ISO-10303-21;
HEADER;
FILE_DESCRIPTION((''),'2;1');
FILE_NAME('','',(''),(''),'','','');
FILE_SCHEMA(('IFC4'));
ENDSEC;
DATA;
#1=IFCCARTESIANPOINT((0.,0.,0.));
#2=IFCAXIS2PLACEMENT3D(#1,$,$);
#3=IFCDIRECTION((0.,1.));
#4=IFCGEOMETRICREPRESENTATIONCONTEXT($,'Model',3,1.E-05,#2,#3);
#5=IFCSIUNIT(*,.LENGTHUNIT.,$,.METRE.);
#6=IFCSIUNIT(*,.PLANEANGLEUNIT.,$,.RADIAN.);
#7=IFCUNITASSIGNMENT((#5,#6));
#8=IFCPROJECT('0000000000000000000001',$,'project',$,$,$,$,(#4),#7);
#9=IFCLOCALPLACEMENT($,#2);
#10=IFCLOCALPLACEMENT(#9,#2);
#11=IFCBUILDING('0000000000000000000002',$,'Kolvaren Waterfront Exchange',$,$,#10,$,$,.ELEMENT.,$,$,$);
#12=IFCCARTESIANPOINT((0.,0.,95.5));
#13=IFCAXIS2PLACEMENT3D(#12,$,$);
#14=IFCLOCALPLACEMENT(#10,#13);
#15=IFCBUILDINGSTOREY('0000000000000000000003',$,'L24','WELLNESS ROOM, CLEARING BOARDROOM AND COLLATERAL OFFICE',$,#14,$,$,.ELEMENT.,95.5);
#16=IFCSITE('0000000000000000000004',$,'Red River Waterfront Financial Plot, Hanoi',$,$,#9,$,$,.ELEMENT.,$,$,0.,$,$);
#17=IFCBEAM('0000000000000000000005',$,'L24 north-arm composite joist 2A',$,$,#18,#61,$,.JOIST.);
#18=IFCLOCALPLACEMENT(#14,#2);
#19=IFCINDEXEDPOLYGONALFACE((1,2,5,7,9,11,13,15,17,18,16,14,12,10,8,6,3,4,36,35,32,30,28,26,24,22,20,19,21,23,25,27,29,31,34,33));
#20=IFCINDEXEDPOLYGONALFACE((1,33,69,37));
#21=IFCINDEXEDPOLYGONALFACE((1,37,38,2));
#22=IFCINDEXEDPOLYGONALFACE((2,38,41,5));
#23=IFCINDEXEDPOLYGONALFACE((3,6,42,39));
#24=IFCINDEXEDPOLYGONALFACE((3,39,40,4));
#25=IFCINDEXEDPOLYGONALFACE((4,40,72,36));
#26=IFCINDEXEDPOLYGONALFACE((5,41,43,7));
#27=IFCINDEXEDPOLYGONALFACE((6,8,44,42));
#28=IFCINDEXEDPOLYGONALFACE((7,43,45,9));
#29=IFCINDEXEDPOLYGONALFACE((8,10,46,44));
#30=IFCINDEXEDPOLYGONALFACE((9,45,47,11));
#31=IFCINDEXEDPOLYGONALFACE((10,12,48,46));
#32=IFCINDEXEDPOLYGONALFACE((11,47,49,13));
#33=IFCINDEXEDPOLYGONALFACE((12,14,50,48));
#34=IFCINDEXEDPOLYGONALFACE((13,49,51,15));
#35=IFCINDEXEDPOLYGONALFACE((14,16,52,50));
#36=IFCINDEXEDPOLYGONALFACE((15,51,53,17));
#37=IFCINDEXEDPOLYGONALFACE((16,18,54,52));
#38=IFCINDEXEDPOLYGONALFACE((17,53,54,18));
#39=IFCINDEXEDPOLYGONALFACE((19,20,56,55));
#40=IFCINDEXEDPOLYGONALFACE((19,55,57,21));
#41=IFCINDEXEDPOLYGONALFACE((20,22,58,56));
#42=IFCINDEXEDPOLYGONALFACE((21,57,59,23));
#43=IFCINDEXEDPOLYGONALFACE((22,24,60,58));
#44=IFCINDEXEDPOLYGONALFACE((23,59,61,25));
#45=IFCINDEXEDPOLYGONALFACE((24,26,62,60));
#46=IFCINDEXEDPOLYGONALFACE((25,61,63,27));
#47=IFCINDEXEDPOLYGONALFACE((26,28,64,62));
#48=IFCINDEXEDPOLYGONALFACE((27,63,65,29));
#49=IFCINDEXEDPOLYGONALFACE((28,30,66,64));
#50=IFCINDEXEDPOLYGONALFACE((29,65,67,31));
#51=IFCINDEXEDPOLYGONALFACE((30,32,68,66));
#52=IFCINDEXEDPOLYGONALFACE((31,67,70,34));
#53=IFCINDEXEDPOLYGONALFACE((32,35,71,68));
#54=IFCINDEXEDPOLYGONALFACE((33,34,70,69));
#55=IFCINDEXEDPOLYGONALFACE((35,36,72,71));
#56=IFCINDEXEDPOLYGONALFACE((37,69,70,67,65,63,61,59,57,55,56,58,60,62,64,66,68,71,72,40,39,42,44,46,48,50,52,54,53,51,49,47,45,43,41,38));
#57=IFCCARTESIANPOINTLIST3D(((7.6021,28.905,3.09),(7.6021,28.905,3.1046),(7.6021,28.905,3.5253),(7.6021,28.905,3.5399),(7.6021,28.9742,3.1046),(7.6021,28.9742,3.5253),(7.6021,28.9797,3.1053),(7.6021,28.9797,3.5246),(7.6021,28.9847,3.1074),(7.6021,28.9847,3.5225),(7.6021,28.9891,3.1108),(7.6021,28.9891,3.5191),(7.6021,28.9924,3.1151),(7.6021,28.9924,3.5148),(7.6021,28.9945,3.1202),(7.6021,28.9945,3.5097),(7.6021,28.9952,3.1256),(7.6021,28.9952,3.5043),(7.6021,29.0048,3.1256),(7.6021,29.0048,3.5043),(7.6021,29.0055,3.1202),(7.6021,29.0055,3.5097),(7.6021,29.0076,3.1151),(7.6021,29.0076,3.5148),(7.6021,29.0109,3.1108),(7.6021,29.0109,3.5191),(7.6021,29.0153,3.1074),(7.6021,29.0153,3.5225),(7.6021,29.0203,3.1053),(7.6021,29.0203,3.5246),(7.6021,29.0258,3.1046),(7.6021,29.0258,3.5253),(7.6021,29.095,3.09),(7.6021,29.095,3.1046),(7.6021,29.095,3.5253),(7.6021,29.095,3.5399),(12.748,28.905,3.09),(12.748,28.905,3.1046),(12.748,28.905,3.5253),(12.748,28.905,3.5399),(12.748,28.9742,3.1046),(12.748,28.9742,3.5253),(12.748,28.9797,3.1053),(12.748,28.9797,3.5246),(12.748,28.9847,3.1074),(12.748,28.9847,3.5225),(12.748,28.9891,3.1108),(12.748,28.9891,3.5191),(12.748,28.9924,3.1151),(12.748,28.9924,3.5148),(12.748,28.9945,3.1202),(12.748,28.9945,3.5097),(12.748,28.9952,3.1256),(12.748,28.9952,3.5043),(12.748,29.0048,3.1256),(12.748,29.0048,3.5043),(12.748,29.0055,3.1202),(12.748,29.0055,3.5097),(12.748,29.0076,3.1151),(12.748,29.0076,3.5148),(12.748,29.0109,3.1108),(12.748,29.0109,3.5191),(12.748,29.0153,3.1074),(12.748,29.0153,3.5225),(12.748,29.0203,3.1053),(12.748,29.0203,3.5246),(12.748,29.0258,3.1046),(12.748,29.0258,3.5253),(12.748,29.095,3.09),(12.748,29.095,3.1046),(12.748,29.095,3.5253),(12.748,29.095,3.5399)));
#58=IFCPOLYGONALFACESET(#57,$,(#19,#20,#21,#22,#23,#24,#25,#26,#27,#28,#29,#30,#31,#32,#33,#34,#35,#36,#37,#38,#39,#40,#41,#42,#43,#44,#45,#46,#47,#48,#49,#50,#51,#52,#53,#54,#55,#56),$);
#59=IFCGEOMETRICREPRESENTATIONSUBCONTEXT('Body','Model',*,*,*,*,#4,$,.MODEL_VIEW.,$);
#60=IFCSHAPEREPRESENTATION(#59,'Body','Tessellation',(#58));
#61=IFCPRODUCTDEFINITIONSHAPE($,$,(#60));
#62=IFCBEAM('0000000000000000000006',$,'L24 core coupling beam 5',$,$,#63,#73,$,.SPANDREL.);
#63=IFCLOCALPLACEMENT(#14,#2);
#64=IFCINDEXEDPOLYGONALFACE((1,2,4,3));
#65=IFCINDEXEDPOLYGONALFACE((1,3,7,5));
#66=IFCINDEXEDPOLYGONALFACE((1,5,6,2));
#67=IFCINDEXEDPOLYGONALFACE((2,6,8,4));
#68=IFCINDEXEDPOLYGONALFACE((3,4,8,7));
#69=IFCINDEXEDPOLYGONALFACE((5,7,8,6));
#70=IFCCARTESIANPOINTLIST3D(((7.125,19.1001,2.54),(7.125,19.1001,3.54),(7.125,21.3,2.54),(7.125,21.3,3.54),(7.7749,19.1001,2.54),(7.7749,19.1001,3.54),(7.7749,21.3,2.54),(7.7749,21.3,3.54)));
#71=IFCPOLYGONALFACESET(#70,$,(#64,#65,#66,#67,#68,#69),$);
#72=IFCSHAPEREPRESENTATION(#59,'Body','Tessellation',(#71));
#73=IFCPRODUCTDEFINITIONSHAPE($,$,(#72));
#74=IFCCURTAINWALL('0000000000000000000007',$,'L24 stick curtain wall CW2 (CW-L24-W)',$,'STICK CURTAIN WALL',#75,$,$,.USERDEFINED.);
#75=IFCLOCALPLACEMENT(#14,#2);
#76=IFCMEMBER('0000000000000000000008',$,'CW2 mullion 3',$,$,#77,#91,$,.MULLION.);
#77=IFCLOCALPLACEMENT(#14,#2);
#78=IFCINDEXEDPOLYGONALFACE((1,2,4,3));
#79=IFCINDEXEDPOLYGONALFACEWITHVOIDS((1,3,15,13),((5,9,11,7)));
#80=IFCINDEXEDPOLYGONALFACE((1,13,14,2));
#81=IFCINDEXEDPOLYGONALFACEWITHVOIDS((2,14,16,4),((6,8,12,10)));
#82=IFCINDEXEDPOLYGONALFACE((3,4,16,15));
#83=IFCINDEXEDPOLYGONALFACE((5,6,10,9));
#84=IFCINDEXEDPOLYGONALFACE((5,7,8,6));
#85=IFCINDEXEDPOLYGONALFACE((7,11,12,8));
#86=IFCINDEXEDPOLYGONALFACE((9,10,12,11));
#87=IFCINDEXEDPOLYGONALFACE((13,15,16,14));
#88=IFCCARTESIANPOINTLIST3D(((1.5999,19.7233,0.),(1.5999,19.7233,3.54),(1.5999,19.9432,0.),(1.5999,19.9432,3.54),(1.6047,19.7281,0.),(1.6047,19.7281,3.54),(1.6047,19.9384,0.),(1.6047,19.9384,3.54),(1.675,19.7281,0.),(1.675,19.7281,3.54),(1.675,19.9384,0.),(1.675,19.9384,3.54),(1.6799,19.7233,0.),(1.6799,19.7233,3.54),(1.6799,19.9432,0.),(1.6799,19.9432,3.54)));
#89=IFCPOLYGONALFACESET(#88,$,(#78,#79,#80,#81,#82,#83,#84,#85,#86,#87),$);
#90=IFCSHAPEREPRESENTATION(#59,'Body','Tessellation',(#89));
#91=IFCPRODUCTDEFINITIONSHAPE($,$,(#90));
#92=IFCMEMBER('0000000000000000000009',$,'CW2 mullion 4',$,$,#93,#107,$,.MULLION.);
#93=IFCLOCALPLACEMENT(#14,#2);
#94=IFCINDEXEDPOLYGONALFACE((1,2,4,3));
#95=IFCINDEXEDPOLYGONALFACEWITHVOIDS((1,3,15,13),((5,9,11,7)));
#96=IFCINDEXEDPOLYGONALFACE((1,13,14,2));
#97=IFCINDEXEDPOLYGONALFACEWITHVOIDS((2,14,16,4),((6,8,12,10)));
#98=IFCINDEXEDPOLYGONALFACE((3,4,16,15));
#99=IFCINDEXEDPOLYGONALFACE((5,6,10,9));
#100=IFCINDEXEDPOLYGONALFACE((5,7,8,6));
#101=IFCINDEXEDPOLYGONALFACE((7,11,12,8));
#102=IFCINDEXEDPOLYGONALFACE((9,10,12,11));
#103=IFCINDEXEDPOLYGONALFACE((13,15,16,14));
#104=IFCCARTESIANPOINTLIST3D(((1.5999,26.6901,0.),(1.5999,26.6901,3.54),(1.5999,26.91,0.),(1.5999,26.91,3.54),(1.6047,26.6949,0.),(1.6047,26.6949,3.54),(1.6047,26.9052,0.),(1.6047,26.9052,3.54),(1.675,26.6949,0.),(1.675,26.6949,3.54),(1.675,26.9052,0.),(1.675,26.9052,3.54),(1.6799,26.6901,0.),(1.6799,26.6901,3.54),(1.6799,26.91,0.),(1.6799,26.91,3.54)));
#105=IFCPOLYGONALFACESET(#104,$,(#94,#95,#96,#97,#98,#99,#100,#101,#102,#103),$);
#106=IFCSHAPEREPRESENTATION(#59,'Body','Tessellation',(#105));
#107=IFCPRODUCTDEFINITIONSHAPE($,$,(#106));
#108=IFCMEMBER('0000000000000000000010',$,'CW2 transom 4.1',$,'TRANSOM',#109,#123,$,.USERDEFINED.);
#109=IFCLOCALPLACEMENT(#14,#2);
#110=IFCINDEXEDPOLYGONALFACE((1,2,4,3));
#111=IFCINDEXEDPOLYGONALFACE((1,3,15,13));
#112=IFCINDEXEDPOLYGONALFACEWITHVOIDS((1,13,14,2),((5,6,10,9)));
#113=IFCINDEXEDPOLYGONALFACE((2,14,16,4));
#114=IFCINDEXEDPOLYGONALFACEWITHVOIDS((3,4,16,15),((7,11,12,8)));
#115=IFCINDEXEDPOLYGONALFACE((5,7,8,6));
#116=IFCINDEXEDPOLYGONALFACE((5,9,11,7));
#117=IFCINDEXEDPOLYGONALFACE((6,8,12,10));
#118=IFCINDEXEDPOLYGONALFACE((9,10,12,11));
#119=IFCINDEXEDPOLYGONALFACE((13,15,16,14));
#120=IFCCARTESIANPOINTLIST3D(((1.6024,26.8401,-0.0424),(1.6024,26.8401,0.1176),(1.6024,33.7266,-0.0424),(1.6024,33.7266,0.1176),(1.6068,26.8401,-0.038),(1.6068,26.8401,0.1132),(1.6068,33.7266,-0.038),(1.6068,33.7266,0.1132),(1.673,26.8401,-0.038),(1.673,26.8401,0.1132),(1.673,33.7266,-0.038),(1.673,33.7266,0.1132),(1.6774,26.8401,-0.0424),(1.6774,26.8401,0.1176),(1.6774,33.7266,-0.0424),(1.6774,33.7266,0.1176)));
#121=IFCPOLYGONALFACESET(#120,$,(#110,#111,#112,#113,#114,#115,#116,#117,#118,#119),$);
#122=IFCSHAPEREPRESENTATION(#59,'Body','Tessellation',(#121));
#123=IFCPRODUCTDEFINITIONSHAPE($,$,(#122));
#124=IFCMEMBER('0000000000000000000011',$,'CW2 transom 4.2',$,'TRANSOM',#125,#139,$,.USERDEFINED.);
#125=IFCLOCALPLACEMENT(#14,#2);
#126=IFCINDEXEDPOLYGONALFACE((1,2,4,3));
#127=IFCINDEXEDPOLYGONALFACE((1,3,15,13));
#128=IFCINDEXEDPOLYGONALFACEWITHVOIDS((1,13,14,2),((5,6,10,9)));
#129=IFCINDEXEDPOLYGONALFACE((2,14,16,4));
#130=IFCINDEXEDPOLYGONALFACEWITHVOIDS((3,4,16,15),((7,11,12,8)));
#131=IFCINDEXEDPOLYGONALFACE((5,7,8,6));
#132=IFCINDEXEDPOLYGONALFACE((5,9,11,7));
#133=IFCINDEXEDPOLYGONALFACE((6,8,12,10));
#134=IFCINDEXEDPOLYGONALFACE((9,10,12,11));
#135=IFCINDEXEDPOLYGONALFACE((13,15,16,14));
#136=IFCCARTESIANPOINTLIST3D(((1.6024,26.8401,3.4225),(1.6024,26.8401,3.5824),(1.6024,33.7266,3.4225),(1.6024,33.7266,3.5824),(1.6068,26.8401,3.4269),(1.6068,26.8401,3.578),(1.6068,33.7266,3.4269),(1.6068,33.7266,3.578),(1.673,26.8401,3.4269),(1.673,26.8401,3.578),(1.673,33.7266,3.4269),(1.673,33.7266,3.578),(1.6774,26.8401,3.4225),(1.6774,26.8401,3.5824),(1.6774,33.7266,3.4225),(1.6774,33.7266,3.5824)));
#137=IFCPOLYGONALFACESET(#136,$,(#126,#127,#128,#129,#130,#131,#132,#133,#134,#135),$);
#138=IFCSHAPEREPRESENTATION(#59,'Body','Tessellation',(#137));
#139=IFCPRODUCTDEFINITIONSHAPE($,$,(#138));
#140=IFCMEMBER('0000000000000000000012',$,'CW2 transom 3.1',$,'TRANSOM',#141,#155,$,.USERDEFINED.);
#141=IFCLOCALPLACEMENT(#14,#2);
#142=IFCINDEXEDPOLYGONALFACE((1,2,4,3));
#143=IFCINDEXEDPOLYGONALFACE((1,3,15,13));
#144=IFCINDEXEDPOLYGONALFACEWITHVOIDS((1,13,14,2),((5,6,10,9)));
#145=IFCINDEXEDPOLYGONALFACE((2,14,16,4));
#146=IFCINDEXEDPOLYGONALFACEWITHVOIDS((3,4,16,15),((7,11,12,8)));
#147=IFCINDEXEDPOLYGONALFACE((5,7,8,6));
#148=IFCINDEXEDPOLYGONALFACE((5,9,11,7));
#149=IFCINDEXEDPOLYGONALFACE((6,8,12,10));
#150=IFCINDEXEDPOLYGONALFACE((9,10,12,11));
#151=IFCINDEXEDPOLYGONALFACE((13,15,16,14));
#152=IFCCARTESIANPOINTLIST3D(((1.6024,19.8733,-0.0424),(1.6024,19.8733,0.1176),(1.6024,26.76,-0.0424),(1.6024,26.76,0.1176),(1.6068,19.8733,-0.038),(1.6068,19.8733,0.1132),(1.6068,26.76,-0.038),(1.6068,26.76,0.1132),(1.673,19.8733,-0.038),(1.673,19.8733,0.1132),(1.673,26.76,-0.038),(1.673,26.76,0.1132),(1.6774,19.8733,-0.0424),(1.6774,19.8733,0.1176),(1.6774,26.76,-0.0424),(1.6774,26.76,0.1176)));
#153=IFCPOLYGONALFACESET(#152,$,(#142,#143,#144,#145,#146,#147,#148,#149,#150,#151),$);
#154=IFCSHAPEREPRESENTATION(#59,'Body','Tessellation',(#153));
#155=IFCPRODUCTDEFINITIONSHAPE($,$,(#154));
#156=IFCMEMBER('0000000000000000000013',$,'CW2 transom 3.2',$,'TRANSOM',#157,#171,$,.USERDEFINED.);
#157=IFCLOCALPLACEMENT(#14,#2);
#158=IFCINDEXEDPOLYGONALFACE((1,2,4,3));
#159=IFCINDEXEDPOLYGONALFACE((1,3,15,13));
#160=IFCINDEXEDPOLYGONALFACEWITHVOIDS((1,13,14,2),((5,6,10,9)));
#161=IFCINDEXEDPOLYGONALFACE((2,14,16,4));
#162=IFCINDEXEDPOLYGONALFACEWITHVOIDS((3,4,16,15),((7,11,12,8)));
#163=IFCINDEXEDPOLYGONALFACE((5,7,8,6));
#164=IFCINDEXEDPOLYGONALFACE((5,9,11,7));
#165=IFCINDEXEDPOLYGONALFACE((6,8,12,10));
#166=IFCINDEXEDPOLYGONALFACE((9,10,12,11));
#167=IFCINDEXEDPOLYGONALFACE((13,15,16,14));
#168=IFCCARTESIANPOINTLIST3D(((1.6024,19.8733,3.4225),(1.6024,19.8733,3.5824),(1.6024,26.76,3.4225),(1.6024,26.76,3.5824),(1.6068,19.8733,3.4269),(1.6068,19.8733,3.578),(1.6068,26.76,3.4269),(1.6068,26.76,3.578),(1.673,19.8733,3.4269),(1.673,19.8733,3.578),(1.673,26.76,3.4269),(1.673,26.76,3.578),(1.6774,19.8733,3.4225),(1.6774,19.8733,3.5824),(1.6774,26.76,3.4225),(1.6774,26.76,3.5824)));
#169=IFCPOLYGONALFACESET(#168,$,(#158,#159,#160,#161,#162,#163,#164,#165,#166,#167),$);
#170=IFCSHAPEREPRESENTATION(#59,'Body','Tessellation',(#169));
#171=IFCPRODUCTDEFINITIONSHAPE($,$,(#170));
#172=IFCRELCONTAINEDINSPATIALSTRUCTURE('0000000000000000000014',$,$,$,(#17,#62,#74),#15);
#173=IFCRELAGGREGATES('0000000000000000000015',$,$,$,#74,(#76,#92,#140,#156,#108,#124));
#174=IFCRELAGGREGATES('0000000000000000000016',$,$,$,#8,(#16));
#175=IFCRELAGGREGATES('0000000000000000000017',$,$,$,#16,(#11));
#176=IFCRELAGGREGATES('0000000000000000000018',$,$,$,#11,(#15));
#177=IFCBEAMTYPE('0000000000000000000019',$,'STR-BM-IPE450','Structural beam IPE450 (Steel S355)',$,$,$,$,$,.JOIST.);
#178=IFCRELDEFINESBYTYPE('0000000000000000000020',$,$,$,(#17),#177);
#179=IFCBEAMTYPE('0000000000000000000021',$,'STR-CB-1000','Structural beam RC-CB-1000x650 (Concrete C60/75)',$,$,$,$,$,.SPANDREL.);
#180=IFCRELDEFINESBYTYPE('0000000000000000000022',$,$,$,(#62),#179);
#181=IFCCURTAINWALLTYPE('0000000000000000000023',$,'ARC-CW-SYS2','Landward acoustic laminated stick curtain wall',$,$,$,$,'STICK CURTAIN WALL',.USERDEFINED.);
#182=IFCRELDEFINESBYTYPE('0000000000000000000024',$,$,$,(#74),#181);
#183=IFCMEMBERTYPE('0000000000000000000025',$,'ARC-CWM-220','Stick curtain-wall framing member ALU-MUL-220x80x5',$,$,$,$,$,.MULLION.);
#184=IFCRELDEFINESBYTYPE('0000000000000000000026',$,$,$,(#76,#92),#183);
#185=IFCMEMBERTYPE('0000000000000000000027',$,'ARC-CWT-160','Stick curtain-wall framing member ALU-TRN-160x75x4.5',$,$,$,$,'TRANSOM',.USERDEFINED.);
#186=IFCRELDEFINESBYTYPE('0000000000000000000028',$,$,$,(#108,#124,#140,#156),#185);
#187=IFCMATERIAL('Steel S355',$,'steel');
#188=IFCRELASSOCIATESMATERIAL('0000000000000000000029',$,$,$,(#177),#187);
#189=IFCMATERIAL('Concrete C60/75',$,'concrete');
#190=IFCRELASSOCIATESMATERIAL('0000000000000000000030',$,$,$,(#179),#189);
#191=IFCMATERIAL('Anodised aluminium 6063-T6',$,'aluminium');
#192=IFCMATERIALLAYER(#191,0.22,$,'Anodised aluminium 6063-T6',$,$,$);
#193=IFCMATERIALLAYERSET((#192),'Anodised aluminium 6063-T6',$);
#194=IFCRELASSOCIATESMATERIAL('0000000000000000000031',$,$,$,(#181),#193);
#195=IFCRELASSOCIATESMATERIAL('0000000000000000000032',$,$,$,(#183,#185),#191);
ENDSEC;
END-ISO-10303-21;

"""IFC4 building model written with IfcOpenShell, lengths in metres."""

from ifc_helpers import new_model, si_unit, direction, frame, origin, origin_with_axes, origin_2d, place, context, subcontext, project, spatial, rectangle, hollow_rectangle, i_section, extrude, source, transform, mapped, material, layer, layer_set, material_profile, profile_set, type_object, element, aggregate, save


model = new_model("IFC4")

# Units and contexts
model_context = context("Model", 3, precision=1e-05, world=origin(), true_north=direction((0.0, 1.0)))
body_context = subcontext(model_context, "Body", "Model", "MODEL_VIEW")
ifc_project = project(units=[si_unit("LENGTHUNIT", "METRE"), si_unit("PLANEANGLEUNIT", "RADIAN")], contexts=[model_context])

# Site, building, storey
site_placement = place(None, origin())
site = spatial("IfcSite", under=ifc_project, at=site_placement, Name="Red River Waterfront Financial Plot, Hanoi", CompositionType="ELEMENT", RefElevation=0.0)
building_placement = place(site_placement, origin())
building = spatial("IfcBuilding", under=site, at=building_placement, Name="Kolvaren Waterfront Exchange", CompositionType="ELEMENT")
storey_placement = place(building_placement, frame((0.0, 0.0, 95.5)))
storey = spatial("IfcBuildingStorey", under=building, at=storey_placement, Name="L24", Description="WELLNESS ROOM, CLEARING BOARDROOM AND COLLATERAL OFFICE", CompositionType="ELEMENT", Elevation=95.5)

# Shared definitions
ifc_material_1 = material(Name="Concrete C60/75", Category="concrete")

# Beams
ifc_material_2 = material(Name="Steel S355", Category="steel")
ifc_material_profile_1 = material_profile(ifc_material_2, i_section(OverallWidth=0.1899, OverallDepth=0.45, WebThickness=0.0095, FlangeThickness=0.0146, FilletRadius=0.021, at=origin_2d()), Name="IPE450")
ifc_profile_set_1 = profile_set([ifc_material_profile_1], Name="Steel S355")
beam_type_1 = type_object("IfcBeamType", Name="STR-BM-IPE450", Description="Structural beam IPE450 (Steel S355)", PredefinedType="JOIST", material=ifc_profile_set_1)
for number, where, z_axis, x_axis, name in (
    (1, (7.6021, 29.0, 3.3149), (1.0, 0.0, 0.0), (0.0, 1.0, 0.0), "L24 north-arm composite joist 2A"),
):
    element("IfcBeam", number, at=place(storey_placement, frame(where, z_axis=z_axis, x_axis=x_axis)), inside=storey, type_object=beam_type_1, Name=name, PredefinedType="JOIST", context=body_context, shape_type="SweptSolid", body=[
        extrude(i_section(OverallWidth=0.1899, OverallDepth=0.45, WebThickness=0.0095, FlangeThickness=0.0146, FilletRadius=0.021, at=origin_2d()), origin(), (0.0, 0.0, 1.0), 5.146),
    ])
ifc_material_profile_2 = material_profile(ifc_material_1, rectangle(XDim=0.6499, YDim=1.0, at=origin_2d()), Name="RC-CB-1000x650")
ifc_profile_set_2 = profile_set([ifc_material_profile_2], Name="Concrete C60/75")
beam_type_2 = type_object("IfcBeamType", Name="STR-CB-1000", Description="Structural beam RC-CB-1000x650 (Concrete C60/75)", PredefinedType="SPANDREL", material=ifc_profile_set_2)
beam_1_placement = place(storey_placement, frame((7.45, 19.1001, 3.04), z_axis=(0.0, 1.0, 0.0), x_axis=(-1.0, 0.0, 0.0)))
element("IfcBeam", 2, at=beam_1_placement, inside=storey, type_object=beam_type_2, Name="L24 core coupling beam 5", PredefinedType="SPANDREL", context=body_context, shape_type="SweptSolid", body=[
    extrude(rectangle(XDim=0.6499, YDim=1.0, at=origin_2d()), origin(), (0.0, 0.0, 1.0), 2.2),
])

# Curtain wall, members
ifc_material_3 = material(Name="Anodised aluminium 6063-T6", Category="aluminium")
ifc_layer_1 = layer(ifc_material_3, 0.22, Name="Anodised aluminium 6063-T6")
ifc_layer_set_1 = layer_set([ifc_layer_1], Name="Anodised aluminium 6063-T6")
curtain_wall_type = type_object("IfcCurtainWallType", Name="ARC-CW-SYS2", Description="Landward acoustic laminated stick curtain wall", ElementType="STICK CURTAIN WALL", PredefinedType="USERDEFINED", material=ifc_layer_set_1)
curtain_wall_placement = place(storey_placement, origin())
curtain_wall = element("IfcCurtainWall", 3, at=curtain_wall_placement, inside=storey, type_object=curtain_wall_type, Name="L24 stick curtain wall CW2 (CW-L24-W)", ObjectType="STICK CURTAIN WALL", PredefinedType="USERDEFINED")
ifc_material_profile_3 = material_profile(ifc_material_3, hollow_rectangle(XDim=0.0801, YDim=0.22, WallThickness=0.0049, at=origin_2d()), Name="ALU-MUL-220x80x5")
ifc_profile_set_3 = profile_set([ifc_material_profile_3], Name="Anodised aluminium 6063-T6")
member_type_1 = type_object("IfcMemberType", Name="ARC-CWM-220", Description="Stick curtain-wall framing member ALU-MUL-220x80x5", PredefinedType="MULLION", material=ifc_profile_set_3)
shared_shape_1 = source(origin_with_axes(), body_context, "Body", "SweptSolid", [
    extrude(hollow_rectangle(XDim=0.0801, YDim=0.22, WallThickness=0.0049, at=origin_2d()), origin(), (0.0, 0.0, 1.0), 3.54),
])
member_1_placement = place(storey_placement, frame((1.6399, 19.8333, 0.0), z_axis=(0.0, 0.0, 1.0), x_axis=(-1.0, 0.0, 0.0)))
member_1 = element("IfcMember", 4, at=member_1_placement, type_object=member_type_1, Name="CW2 mullion 3", PredefinedType="MULLION", context=body_context, shape_type="MappedRepresentation", body=[
    mapped(shared_shape_1, transform((0.0, 0.0, 0.0), x_axis=(1.0, 0.0, 0.0), y_axis=(0.0, 1.0, 0.0), z_axis=(0.0, 0.0, 1.0), scale=1.0)),
])
member_2_placement = place(storey_placement, frame((1.6399, 26.8, 0.0), z_axis=(0.0, 0.0, 1.0), x_axis=(-1.0, 0.0, 0.0)))
member_2 = element("IfcMember", 5, at=member_2_placement, type_object=member_type_1, Name="CW2 mullion 4", PredefinedType="MULLION", context=body_context, shape_type="MappedRepresentation", body=[
    mapped(shared_shape_1, transform((0.0, 0.0, 0.0), x_axis=(1.0, 0.0, 0.0), y_axis=(0.0, 1.0, 0.0), z_axis=(0.0, 0.0, 1.0), scale=1.0)),
])
ifc_material_profile_4 = material_profile(ifc_material_3, hollow_rectangle(XDim=0.075, YDim=0.1599, WallThickness=0.0044, at=origin_2d()), Name="ALU-TRN-160x75x4.5")
ifc_profile_set_4 = profile_set([ifc_material_profile_4], Name="Anodised aluminium 6063-T6")
member_type_2 = type_object("IfcMemberType", Name="ARC-CWT-160", Description="Stick curtain-wall framing member ALU-TRN-160x75x4.5", ElementType="TRANSOM", PredefinedType="USERDEFINED", material=ifc_profile_set_4)
shared_shape_2 = source(origin_with_axes(), body_context, "Body", "SweptSolid", [
    extrude(hollow_rectangle(XDim=0.075, YDim=0.1599, WallThickness=0.0044, at=origin_2d()), origin(), (0.0, 0.0, 1.0), 6.8865),
])
member_3_placement = place(storey_placement, frame((1.6399, 26.8401, 0.0376), z_axis=(0.0, 1.0, 0.0), x_axis=(-1.0, 0.0, 0.0)))
member_3 = element("IfcMember", 6, at=member_3_placement, type_object=member_type_2, Name="CW2 transom 4.1", ObjectType="TRANSOM", PredefinedType="USERDEFINED", context=body_context, shape_type="MappedRepresentation", body=[
    mapped(shared_shape_2, transform((0.0, 0.0, 0.0), x_axis=(1.0, 0.0, 0.0), y_axis=(0.0, 1.0, 0.0), z_axis=(0.0, 0.0, 1.0), scale=1.0)),
])
member_4_placement = place(storey_placement, frame((1.6399, 26.8401, 3.5024), z_axis=(0.0, 1.0, 0.0), x_axis=(-1.0, 0.0, 0.0)))
member_4 = element("IfcMember", 7, at=member_4_placement, type_object=member_type_2, Name="CW2 transom 4.2", ObjectType="TRANSOM", PredefinedType="USERDEFINED", context=body_context, shape_type="MappedRepresentation", body=[
    mapped(shared_shape_2, transform((0.0, 0.0, 0.0), x_axis=(1.0, 0.0, 0.0), y_axis=(0.0, 1.0, 0.0), z_axis=(0.0, 0.0, 1.0), scale=1.0)),
])
shared_shape_3 = source(origin_with_axes(), body_context, "Body", "SweptSolid", [
    extrude(hollow_rectangle(XDim=0.075, YDim=0.1599, WallThickness=0.0044, at=origin_2d()), origin(), (0.0, 0.0, 1.0), 6.8867),
])
member_5_placement = place(storey_placement, frame((1.6399, 19.8733, 0.0376), z_axis=(0.0, 1.0, 0.0), x_axis=(-1.0, 0.0, 0.0)))
member_5 = element("IfcMember", 8, at=member_5_placement, type_object=member_type_2, Name="CW2 transom 3.1", ObjectType="TRANSOM", PredefinedType="USERDEFINED", context=body_context, shape_type="MappedRepresentation", body=[
    mapped(shared_shape_3, transform((0.0, 0.0, 0.0), x_axis=(1.0, 0.0, 0.0), y_axis=(0.0, 1.0, 0.0), z_axis=(0.0, 0.0, 1.0), scale=1.0)),
])
member_6_placement = place(storey_placement, frame((1.6399, 19.8733, 3.5024), z_axis=(0.0, 1.0, 0.0), x_axis=(-1.0, 0.0, 0.0)))
member_6 = element("IfcMember", 9, at=member_6_placement, type_object=member_type_2, Name="CW2 transom 3.2", ObjectType="TRANSOM", PredefinedType="USERDEFINED", context=body_context, shape_type="MappedRepresentation", body=[
    mapped(shared_shape_3, transform((0.0, 0.0, 0.0), x_axis=(1.0, 0.0, 0.0), y_axis=(0.0, 1.0, 0.0), z_axis=(0.0, 0.0, 1.0), scale=1.0)),
])
aggregate(curtain_wall, [member_1, member_2, member_5, member_6, member_3, member_4])

save(model, "model.ifc")
